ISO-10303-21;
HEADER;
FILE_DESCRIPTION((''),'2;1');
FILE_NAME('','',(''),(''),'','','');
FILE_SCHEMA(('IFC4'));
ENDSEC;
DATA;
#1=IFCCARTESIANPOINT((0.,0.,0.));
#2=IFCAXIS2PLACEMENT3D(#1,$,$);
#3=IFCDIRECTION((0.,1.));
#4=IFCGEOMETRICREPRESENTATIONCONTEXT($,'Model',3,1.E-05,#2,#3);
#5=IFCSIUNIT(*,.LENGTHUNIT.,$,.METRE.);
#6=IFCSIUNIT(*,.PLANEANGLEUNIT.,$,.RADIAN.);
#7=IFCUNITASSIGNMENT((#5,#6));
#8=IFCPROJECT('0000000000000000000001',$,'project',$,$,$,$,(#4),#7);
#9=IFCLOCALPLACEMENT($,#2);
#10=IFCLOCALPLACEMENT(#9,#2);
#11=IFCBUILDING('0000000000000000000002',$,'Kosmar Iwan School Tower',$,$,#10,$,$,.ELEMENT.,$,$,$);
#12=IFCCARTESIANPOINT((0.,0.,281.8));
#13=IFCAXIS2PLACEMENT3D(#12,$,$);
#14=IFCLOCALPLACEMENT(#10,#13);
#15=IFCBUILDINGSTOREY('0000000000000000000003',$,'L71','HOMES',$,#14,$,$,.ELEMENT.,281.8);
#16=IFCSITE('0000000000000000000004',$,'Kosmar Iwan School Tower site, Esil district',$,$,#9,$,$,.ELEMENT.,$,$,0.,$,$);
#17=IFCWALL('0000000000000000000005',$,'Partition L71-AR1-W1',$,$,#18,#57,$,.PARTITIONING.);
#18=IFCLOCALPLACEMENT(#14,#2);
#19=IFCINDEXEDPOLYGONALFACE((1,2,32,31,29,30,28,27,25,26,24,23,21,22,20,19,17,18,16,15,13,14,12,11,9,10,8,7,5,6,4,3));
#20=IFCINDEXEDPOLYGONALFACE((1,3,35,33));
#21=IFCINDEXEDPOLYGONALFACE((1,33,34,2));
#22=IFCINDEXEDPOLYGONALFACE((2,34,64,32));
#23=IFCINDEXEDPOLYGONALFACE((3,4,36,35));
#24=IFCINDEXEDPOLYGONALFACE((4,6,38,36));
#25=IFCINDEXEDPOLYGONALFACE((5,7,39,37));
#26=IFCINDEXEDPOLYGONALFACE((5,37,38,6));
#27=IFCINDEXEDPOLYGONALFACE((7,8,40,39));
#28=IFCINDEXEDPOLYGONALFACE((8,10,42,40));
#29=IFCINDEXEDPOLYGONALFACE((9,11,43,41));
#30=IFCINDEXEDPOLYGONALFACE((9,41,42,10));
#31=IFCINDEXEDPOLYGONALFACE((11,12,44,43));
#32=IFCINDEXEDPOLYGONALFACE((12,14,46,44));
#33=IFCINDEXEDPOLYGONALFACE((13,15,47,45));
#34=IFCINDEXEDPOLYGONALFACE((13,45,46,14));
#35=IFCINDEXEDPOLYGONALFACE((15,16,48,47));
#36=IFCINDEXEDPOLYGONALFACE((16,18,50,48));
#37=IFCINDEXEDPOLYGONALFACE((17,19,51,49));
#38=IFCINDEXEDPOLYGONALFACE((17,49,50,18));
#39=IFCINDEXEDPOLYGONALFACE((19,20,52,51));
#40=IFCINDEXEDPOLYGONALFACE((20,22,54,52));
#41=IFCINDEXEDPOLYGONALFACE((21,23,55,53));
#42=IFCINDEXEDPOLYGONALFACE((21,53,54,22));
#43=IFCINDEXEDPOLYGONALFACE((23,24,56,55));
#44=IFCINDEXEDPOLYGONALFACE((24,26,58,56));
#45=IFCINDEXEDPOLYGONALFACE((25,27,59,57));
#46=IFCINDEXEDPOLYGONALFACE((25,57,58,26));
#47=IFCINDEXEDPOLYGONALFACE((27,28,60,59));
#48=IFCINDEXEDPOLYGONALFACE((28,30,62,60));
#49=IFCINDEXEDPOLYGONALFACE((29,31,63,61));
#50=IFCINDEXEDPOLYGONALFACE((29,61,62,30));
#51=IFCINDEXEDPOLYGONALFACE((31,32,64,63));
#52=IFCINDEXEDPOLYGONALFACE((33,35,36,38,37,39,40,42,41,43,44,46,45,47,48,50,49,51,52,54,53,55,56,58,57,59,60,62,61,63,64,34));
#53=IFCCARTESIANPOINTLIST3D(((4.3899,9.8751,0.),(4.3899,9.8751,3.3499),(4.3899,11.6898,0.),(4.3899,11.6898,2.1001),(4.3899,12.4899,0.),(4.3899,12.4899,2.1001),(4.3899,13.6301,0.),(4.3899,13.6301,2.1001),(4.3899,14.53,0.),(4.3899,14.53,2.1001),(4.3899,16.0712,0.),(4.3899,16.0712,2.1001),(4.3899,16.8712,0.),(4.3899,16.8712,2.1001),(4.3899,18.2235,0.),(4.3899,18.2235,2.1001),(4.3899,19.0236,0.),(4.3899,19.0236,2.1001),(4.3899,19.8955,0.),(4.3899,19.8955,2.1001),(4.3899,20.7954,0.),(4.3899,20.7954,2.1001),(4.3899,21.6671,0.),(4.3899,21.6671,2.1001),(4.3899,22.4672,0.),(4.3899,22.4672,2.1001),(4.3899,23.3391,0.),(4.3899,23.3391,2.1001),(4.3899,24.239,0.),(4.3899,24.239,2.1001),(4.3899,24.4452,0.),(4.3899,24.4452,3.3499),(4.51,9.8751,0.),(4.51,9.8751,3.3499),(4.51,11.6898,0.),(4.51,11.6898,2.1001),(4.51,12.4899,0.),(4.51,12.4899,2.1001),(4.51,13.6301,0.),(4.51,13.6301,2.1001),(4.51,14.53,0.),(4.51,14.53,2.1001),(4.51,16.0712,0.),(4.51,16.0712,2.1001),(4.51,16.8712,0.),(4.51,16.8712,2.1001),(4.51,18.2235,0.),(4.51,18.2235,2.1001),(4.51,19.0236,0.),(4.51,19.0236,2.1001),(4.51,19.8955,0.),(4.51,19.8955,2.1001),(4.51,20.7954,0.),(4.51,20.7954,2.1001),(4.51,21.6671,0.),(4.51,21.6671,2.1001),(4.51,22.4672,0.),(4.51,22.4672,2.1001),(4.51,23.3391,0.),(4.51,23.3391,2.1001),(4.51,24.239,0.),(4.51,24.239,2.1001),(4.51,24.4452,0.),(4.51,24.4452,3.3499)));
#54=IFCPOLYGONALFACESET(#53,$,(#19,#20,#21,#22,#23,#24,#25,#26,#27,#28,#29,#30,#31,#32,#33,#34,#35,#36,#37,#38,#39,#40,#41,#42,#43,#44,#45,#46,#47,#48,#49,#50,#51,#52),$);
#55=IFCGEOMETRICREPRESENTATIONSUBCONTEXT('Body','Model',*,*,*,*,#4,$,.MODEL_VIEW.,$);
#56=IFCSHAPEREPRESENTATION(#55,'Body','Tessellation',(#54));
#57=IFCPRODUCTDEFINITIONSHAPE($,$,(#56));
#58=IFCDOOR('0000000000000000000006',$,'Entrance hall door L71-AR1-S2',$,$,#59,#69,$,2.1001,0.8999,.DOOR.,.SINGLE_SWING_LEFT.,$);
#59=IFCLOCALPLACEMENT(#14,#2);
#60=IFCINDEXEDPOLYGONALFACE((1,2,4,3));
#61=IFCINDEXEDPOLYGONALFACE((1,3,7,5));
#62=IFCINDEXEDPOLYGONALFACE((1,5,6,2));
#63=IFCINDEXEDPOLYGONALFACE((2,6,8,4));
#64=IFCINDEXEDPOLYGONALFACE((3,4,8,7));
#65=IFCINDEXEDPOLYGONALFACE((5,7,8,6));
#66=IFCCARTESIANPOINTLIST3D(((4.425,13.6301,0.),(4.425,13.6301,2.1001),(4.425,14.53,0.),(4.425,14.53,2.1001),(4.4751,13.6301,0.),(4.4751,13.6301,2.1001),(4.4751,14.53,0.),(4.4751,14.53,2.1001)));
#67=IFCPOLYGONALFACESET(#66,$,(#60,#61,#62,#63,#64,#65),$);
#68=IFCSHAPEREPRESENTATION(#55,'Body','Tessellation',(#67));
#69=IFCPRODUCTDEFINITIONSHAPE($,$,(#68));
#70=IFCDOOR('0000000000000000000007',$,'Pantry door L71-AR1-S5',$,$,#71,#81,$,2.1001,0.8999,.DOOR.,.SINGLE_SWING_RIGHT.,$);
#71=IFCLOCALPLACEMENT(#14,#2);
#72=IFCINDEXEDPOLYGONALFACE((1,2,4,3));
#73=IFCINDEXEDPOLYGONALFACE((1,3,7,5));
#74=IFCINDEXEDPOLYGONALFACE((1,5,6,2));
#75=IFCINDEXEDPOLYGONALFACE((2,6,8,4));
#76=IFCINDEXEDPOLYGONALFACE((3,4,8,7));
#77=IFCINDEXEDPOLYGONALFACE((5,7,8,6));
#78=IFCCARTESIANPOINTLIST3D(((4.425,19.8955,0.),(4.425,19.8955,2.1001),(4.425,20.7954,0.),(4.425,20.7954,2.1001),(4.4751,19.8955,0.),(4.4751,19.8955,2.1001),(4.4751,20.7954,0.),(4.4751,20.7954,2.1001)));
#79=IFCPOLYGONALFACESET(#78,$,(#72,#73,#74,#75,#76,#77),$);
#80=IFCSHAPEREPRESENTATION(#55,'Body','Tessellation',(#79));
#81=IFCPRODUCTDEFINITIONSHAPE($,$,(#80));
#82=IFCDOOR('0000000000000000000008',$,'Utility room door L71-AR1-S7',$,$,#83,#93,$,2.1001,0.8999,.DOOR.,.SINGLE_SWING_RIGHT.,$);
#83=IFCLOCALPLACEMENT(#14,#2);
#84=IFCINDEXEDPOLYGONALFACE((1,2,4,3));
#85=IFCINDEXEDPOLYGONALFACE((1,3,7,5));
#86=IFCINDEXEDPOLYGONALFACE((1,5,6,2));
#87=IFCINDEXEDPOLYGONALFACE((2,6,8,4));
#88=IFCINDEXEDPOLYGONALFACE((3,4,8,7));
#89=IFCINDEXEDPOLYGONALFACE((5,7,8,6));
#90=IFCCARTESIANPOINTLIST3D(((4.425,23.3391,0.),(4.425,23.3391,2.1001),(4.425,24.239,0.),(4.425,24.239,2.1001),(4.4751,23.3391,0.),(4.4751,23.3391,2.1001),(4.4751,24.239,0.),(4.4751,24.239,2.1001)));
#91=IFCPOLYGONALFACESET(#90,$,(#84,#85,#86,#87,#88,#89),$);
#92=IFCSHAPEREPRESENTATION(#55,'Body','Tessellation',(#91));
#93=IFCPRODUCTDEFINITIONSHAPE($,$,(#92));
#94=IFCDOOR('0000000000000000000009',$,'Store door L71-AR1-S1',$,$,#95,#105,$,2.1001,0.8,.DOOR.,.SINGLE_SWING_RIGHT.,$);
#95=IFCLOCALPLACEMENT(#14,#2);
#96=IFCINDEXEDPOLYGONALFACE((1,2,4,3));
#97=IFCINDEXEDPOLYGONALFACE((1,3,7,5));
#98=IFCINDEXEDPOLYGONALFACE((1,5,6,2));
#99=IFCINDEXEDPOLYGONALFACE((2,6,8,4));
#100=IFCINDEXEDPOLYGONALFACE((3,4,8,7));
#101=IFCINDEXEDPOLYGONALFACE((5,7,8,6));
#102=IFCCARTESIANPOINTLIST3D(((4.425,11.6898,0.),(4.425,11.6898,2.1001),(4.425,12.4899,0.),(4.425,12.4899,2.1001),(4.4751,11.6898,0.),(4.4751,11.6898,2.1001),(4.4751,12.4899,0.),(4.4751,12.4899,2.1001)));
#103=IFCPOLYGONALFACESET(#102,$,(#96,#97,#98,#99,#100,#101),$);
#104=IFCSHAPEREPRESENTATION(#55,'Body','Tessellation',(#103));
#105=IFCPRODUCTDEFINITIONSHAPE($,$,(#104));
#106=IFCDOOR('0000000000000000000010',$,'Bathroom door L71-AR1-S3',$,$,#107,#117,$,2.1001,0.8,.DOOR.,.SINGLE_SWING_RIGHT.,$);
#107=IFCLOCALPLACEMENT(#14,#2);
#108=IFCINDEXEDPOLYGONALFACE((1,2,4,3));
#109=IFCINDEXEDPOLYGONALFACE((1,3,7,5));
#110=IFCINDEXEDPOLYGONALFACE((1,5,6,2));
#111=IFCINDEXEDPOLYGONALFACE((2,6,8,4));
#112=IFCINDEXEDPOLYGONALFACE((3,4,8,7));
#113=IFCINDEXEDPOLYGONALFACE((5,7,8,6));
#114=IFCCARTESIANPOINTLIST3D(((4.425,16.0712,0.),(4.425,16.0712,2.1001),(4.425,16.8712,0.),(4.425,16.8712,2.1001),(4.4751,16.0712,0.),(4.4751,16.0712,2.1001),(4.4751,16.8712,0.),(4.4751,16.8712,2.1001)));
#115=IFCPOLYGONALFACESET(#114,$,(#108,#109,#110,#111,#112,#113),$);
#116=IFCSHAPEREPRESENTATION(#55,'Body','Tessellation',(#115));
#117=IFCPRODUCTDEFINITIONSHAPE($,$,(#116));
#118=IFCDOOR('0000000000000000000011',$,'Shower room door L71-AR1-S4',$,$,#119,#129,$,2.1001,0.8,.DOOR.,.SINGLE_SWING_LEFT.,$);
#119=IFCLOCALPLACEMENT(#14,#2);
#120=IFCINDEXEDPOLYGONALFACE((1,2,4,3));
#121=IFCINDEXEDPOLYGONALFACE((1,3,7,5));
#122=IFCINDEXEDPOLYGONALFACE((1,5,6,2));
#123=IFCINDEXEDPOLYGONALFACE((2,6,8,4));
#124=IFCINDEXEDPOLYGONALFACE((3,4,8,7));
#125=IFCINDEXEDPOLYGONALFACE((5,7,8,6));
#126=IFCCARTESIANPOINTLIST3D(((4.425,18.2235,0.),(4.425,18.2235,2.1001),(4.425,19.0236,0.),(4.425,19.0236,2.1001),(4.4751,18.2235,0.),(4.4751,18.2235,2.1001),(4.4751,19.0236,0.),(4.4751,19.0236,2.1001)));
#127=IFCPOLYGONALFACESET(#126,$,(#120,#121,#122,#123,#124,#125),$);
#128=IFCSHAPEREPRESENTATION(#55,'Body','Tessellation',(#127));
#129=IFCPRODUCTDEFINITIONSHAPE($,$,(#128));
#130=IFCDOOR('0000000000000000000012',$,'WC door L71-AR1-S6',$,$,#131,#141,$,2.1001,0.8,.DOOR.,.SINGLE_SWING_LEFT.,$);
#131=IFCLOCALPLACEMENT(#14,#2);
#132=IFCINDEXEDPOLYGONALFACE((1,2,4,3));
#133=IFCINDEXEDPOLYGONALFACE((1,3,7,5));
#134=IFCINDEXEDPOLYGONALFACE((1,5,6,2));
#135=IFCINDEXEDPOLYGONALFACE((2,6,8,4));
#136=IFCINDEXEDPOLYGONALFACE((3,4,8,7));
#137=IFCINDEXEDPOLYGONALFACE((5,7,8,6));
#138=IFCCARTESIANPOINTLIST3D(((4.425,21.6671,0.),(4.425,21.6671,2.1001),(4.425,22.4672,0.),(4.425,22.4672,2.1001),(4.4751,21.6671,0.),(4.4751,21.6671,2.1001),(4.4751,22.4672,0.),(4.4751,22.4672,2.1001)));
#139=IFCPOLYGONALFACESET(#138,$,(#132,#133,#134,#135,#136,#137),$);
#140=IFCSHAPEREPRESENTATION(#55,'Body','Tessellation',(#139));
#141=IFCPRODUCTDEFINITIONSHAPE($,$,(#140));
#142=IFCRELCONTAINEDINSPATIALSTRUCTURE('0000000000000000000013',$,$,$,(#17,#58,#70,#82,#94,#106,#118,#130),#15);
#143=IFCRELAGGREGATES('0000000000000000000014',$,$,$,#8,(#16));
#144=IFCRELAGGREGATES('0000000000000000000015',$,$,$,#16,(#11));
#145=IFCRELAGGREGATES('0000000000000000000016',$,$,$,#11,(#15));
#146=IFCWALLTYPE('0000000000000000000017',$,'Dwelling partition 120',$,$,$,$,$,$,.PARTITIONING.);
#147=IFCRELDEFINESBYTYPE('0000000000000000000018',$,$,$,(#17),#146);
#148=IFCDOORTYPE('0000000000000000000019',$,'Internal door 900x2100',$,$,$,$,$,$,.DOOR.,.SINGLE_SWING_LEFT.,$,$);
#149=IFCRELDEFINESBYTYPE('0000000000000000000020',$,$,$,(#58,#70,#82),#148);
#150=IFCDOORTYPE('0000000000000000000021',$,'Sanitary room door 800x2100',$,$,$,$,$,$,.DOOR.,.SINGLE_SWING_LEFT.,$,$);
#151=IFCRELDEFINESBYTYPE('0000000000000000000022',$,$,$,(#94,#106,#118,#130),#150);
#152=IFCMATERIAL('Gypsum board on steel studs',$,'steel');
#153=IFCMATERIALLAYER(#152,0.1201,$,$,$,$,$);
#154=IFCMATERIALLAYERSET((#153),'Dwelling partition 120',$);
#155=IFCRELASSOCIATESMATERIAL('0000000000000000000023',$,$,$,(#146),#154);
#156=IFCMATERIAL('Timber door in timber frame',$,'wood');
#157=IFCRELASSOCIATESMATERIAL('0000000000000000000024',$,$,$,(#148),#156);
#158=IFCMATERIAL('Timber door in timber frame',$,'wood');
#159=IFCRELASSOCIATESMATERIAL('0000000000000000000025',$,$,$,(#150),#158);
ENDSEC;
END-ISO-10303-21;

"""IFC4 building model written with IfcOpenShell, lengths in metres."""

from ifc_helpers import new_model, si_unit, direction, frame, frame_2d, origin, place, context, subcontext, project, spatial, rectangle, extrude, material, layer, layer_set, type_object, element, fill, save


model = new_model("IFC4")

# Units and contexts
model_context = context("Model", 3, precision=1e-05, world=origin(), true_north=direction((0.0, 1.0)))
body_context = subcontext(model_context, "Body", "Model", "MODEL_VIEW")
ifc_project = project(units=[si_unit("LENGTHUNIT", "METRE"), si_unit("PLANEANGLEUNIT", "RADIAN")], contexts=[model_context])

# Site, building, storey
site_placement = place(None, origin())
site = spatial("IfcSite", under=ifc_project, at=site_placement, Name="Kosmar Iwan School Tower site, Esil district", CompositionType="ELEMENT", RefElevation=0.0)
building_placement = place(site_placement, origin())
building = spatial("IfcBuilding", under=site, at=building_placement, Name="Kosmar Iwan School Tower", CompositionType="ELEMENT")
storey_placement = place(building_placement, frame((0.0, 0.0, 281.8)))
storey = spatial("IfcBuildingStorey", under=building, at=storey_placement, Name="L71", Description="HOMES", CompositionType="ELEMENT", Elevation=281.8)

# Wall, openings, doors
ifc_material_1 = material(Name="Gypsum board on steel studs", Category="steel")
ifc_layer_1 = layer(ifc_material_1, 0.1201)
ifc_layer_set_1 = layer_set([ifc_layer_1], Name="Dwelling partition 120")
wall_type_1 = type_object("IfcWallType", Name="Dwelling partition 120", PredefinedType="PARTITIONING", material=ifc_layer_set_1)
wall_1_placement = place(storey_placement, frame((4.45, 9.875, 0.0), z_axis=(0.0, 0.0, 1.0), x_axis=(0.0, 1.0, 0.0)))
wall_1 = element("IfcWall", 1, at=wall_1_placement, inside=storey, type_object=wall_type_1, Name="Partition L71-AR1-W1", PredefinedType="PARTITIONING", context=body_context, shape_type="SweptSolid", body=[
    extrude(rectangle(XDim=14.5701, YDim=0.1201, at=frame_2d((7.2852, 0.0))), origin(), (0.0, 0.0, 1.0), 3.3499),
])
opening_1_placement = place(wall_1_placement, frame((1.8149, 0.0, 0.0)))
opening_1 = element("IfcOpeningElement", 2, at=opening_1_placement, cuts=wall_1, PredefinedType="OPENING", context=body_context, shape_type="SweptSolid", body=[
    extrude(rectangle(XDim=0.8, YDim=2.1001, at=frame_2d((0.3999, 1.05))), frame((0.0, 0.072, 0.0), z_axis=(0.0, -1.0, 0.0), x_axis=(1.0, 0.0, 0.0)), (0.0, 0.0, 1.0), 0.144),
])
opening_2_placement = place(wall_1_placement, frame((3.7551, 0.0, 0.0)))
opening_2 = element("IfcOpeningElement", 3, at=opening_2_placement, cuts=wall_1, PredefinedType="OPENING", context=body_context, shape_type="SweptSolid", body=[
    extrude(rectangle(XDim=0.8999, YDim=2.1001, at=frame_2d((0.45, 1.05))), frame((0.0, 0.072, 0.0), z_axis=(0.0, -1.0, 0.0), x_axis=(1.0, 0.0, 0.0)), (0.0, 0.0, 1.0), 0.144),
])
opening_3_placement = place(wall_1_placement, frame((6.1963, 0.0, 0.0)))
opening_3 = element("IfcOpeningElement", 4, at=opening_3_placement, cuts=wall_1, PredefinedType="OPENING", context=body_context, shape_type="SweptSolid", body=[
    extrude(rectangle(XDim=0.8, YDim=2.1001, at=frame_2d((0.3999, 1.05))), frame((0.0, 0.072, 0.0), z_axis=(0.0, -1.0, 0.0), x_axis=(1.0, 0.0, 0.0)), (0.0, 0.0, 1.0), 0.144),
])
opening_4_placement = place(wall_1_placement, frame((8.3486, 0.0, 0.0)))
opening_4 = element("IfcOpeningElement", 5, at=opening_4_placement, cuts=wall_1, PredefinedType="OPENING", context=body_context, shape_type="SweptSolid", body=[
    extrude(rectangle(XDim=0.8, YDim=2.1001, at=frame_2d((0.3999, 1.05))), frame((0.0, 0.072, 0.0), z_axis=(0.0, -1.0, 0.0), x_axis=(1.0, 0.0, 0.0)), (0.0, 0.0, 1.0), 0.144),
])
opening_5_placement = place(wall_1_placement, frame((10.0205, 0.0, 0.0)))
opening_5 = element("IfcOpeningElement", 6, at=opening_5_placement, cuts=wall_1, PredefinedType="OPENING", context=body_context, shape_type="SweptSolid", body=[
    extrude(rectangle(XDim=0.8999, YDim=2.1001, at=frame_2d((0.45, 1.05))), frame((0.0, 0.072, 0.0), z_axis=(0.0, -1.0, 0.0), x_axis=(1.0, 0.0, 0.0)), (0.0, 0.0, 1.0), 0.144),
])
opening_6_placement = place(wall_1_placement, frame((11.7922, 0.0, 0.0)))
opening_6 = element("IfcOpeningElement", 7, at=opening_6_placement, cuts=wall_1, PredefinedType="OPENING", context=body_context, shape_type="SweptSolid", body=[
    extrude(rectangle(XDim=0.8, YDim=2.1001, at=frame_2d((0.3999, 1.05))), frame((0.0, 0.072, 0.0), z_axis=(0.0, -1.0, 0.0), x_axis=(1.0, 0.0, 0.0)), (0.0, 0.0, 1.0), 0.144),
])
opening_7_placement = place(wall_1_placement, frame((13.4641, 0.0, 0.0)))
opening_7 = element("IfcOpeningElement", 8, at=opening_7_placement, cuts=wall_1, PredefinedType="OPENING", context=body_context, shape_type="SweptSolid", body=[
    extrude(rectangle(XDim=0.8999, YDim=2.1001, at=frame_2d((0.45, 1.05))), frame((0.0, 0.072, 0.0), z_axis=(0.0, -1.0, 0.0), x_axis=(1.0, 0.0, 0.0)), (0.0, 0.0, 1.0), 0.144),
])
ifc_material_2 = material(Name="Timber door in timber frame", Category="wood")
door_type_1 = type_object("IfcDoorType", Name="Internal door 900x2100", OperationType="SINGLE_SWING_LEFT", PredefinedType="DOOR", material=ifc_material_2)
door_1_placement = place(opening_2_placement, origin())
door_1 = element("IfcDoor", 9, at=door_1_placement, inside=storey, type_object=door_type_1, Name="Entrance hall door L71-AR1-S2", OperationType="SINGLE_SWING_LEFT", OverallHeight=2.1001, OverallWidth=0.8999, PredefinedType="DOOR", context=body_context, shape_type="SweptSolid", body=[
    extrude(rectangle(XDim=0.8999, YDim=2.1001, at=frame_2d((0.45, 1.05))), frame((0.0, 0.0249, 0.0), z_axis=(0.0, -1.0, 0.0), x_axis=(1.0, 0.0, 0.0)), (0.0, 0.0, 1.0), 0.05),
])
fill(opening_2, door_1)
door_2_placement = place(opening_5_placement, origin())
door_2 = element("IfcDoor", 10, at=door_2_placement, inside=storey, type_object=door_type_1, Name="Pantry door L71-AR1-S5", OperationType="SINGLE_SWING_RIGHT", OverallHeight=2.1001, OverallWidth=0.8999, PredefinedType="DOOR", context=body_context, shape_type="SweptSolid", body=[
    extrude(rectangle(XDim=0.8999, YDim=2.1001, at=frame_2d((0.45, 1.05))), frame((0.0, 0.0249, 0.0), z_axis=(0.0, -1.0, 0.0), x_axis=(1.0, 0.0, 0.0)), (0.0, 0.0, 1.0), 0.05),
])
fill(opening_5, door_2)
door_3_placement = place(opening_7_placement, origin())
door_3 = element("IfcDoor", 11, at=door_3_placement, inside=storey, type_object=door_type_1, Name="Utility room door L71-AR1-S7", OperationType="SINGLE_SWING_RIGHT", OverallHeight=2.1001, OverallWidth=0.8999, PredefinedType="DOOR", context=body_context, shape_type="SweptSolid", body=[
    extrude(rectangle(XDim=0.8999, YDim=2.1001, at=frame_2d((0.45, 1.05))), frame((0.0, 0.0249, 0.0), z_axis=(0.0, -1.0, 0.0), x_axis=(1.0, 0.0, 0.0)), (0.0, 0.0, 1.0), 0.05),
])
fill(opening_7, door_3)
ifc_material_3 = material(Name="Timber door in timber frame", Category="wood")
door_type_2 = type_object("IfcDoorType", Name="Sanitary room door 800x2100", OperationType="SINGLE_SWING_LEFT", PredefinedType="DOOR", material=ifc_material_3)
door_4_placement = place(opening_1_placement, origin())
door_4 = element("IfcDoor", 12, at=door_4_placement, inside=storey, type_object=door_type_2, Name="Store door L71-AR1-S1", OperationType="SINGLE_SWING_RIGHT", OverallHeight=2.1001, OverallWidth=0.8, PredefinedType="DOOR", context=body_context, shape_type="SweptSolid", body=[
    extrude(rectangle(XDim=0.8, YDim=2.1001, at=frame_2d((0.3999, 1.05))), frame((0.0, 0.0249, 0.0), z_axis=(0.0, -1.0, 0.0), x_axis=(1.0, 0.0, 0.0)), (0.0, 0.0, 1.0), 0.05),
])
fill(opening_1, door_4)
door_5_placement = place(opening_3_placement, origin())
door_5 = element("IfcDoor", 13, at=door_5_placement, inside=storey, type_object=door_type_2, Name="Bathroom door L71-AR1-S3", OperationType="SINGLE_SWING_RIGHT", OverallHeight=2.1001, OverallWidth=0.8, PredefinedType="DOOR", context=body_context, shape_type="SweptSolid", body=[
    extrude(rectangle(XDim=0.8, YDim=2.1001, at=frame_2d((0.3999, 1.05))), frame((0.0, 0.0249, 0.0), z_axis=(0.0, -1.0, 0.0), x_axis=(1.0, 0.0, 0.0)), (0.0, 0.0, 1.0), 0.05),
])
fill(opening_3, door_5)
door_6_placement = place(opening_4_placement, origin())
door_6 = element("IfcDoor", 14, at=door_6_placement, inside=storey, type_object=door_type_2, Name="Shower room door L71-AR1-S4", OperationType="SINGLE_SWING_LEFT", OverallHeight=2.1001, OverallWidth=0.8, PredefinedType="DOOR", context=body_context, shape_type="SweptSolid", body=[
    extrude(rectangle(XDim=0.8, YDim=2.1001, at=frame_2d((0.3999, 1.05))), frame((0.0, 0.0249, 0.0), z_axis=(0.0, -1.0, 0.0), x_axis=(1.0, 0.0, 0.0)), (0.0, 0.0, 1.0), 0.05),
])
fill(opening_4, door_6)
door_7_placement = place(opening_6_placement, origin())
door_7 = element("IfcDoor", 15, at=door_7_placement, inside=storey, type_object=door_type_2, Name="WC door L71-AR1-S6", OperationType="SINGLE_SWING_LEFT", OverallHeight=2.1001, OverallWidth=0.8, PredefinedType="DOOR", context=body_context, shape_type="SweptSolid", body=[
    extrude(rectangle(XDim=0.8, YDim=2.1001, at=frame_2d((0.3999, 1.05))), frame((0.0, 0.0249, 0.0), z_axis=(0.0, -1.0, 0.0), x_axis=(1.0, 0.0, 0.0)), (0.0, 0.0, 1.0), 0.05),
])
fill(opening_6, door_7)

save(model, "model.ifc")
